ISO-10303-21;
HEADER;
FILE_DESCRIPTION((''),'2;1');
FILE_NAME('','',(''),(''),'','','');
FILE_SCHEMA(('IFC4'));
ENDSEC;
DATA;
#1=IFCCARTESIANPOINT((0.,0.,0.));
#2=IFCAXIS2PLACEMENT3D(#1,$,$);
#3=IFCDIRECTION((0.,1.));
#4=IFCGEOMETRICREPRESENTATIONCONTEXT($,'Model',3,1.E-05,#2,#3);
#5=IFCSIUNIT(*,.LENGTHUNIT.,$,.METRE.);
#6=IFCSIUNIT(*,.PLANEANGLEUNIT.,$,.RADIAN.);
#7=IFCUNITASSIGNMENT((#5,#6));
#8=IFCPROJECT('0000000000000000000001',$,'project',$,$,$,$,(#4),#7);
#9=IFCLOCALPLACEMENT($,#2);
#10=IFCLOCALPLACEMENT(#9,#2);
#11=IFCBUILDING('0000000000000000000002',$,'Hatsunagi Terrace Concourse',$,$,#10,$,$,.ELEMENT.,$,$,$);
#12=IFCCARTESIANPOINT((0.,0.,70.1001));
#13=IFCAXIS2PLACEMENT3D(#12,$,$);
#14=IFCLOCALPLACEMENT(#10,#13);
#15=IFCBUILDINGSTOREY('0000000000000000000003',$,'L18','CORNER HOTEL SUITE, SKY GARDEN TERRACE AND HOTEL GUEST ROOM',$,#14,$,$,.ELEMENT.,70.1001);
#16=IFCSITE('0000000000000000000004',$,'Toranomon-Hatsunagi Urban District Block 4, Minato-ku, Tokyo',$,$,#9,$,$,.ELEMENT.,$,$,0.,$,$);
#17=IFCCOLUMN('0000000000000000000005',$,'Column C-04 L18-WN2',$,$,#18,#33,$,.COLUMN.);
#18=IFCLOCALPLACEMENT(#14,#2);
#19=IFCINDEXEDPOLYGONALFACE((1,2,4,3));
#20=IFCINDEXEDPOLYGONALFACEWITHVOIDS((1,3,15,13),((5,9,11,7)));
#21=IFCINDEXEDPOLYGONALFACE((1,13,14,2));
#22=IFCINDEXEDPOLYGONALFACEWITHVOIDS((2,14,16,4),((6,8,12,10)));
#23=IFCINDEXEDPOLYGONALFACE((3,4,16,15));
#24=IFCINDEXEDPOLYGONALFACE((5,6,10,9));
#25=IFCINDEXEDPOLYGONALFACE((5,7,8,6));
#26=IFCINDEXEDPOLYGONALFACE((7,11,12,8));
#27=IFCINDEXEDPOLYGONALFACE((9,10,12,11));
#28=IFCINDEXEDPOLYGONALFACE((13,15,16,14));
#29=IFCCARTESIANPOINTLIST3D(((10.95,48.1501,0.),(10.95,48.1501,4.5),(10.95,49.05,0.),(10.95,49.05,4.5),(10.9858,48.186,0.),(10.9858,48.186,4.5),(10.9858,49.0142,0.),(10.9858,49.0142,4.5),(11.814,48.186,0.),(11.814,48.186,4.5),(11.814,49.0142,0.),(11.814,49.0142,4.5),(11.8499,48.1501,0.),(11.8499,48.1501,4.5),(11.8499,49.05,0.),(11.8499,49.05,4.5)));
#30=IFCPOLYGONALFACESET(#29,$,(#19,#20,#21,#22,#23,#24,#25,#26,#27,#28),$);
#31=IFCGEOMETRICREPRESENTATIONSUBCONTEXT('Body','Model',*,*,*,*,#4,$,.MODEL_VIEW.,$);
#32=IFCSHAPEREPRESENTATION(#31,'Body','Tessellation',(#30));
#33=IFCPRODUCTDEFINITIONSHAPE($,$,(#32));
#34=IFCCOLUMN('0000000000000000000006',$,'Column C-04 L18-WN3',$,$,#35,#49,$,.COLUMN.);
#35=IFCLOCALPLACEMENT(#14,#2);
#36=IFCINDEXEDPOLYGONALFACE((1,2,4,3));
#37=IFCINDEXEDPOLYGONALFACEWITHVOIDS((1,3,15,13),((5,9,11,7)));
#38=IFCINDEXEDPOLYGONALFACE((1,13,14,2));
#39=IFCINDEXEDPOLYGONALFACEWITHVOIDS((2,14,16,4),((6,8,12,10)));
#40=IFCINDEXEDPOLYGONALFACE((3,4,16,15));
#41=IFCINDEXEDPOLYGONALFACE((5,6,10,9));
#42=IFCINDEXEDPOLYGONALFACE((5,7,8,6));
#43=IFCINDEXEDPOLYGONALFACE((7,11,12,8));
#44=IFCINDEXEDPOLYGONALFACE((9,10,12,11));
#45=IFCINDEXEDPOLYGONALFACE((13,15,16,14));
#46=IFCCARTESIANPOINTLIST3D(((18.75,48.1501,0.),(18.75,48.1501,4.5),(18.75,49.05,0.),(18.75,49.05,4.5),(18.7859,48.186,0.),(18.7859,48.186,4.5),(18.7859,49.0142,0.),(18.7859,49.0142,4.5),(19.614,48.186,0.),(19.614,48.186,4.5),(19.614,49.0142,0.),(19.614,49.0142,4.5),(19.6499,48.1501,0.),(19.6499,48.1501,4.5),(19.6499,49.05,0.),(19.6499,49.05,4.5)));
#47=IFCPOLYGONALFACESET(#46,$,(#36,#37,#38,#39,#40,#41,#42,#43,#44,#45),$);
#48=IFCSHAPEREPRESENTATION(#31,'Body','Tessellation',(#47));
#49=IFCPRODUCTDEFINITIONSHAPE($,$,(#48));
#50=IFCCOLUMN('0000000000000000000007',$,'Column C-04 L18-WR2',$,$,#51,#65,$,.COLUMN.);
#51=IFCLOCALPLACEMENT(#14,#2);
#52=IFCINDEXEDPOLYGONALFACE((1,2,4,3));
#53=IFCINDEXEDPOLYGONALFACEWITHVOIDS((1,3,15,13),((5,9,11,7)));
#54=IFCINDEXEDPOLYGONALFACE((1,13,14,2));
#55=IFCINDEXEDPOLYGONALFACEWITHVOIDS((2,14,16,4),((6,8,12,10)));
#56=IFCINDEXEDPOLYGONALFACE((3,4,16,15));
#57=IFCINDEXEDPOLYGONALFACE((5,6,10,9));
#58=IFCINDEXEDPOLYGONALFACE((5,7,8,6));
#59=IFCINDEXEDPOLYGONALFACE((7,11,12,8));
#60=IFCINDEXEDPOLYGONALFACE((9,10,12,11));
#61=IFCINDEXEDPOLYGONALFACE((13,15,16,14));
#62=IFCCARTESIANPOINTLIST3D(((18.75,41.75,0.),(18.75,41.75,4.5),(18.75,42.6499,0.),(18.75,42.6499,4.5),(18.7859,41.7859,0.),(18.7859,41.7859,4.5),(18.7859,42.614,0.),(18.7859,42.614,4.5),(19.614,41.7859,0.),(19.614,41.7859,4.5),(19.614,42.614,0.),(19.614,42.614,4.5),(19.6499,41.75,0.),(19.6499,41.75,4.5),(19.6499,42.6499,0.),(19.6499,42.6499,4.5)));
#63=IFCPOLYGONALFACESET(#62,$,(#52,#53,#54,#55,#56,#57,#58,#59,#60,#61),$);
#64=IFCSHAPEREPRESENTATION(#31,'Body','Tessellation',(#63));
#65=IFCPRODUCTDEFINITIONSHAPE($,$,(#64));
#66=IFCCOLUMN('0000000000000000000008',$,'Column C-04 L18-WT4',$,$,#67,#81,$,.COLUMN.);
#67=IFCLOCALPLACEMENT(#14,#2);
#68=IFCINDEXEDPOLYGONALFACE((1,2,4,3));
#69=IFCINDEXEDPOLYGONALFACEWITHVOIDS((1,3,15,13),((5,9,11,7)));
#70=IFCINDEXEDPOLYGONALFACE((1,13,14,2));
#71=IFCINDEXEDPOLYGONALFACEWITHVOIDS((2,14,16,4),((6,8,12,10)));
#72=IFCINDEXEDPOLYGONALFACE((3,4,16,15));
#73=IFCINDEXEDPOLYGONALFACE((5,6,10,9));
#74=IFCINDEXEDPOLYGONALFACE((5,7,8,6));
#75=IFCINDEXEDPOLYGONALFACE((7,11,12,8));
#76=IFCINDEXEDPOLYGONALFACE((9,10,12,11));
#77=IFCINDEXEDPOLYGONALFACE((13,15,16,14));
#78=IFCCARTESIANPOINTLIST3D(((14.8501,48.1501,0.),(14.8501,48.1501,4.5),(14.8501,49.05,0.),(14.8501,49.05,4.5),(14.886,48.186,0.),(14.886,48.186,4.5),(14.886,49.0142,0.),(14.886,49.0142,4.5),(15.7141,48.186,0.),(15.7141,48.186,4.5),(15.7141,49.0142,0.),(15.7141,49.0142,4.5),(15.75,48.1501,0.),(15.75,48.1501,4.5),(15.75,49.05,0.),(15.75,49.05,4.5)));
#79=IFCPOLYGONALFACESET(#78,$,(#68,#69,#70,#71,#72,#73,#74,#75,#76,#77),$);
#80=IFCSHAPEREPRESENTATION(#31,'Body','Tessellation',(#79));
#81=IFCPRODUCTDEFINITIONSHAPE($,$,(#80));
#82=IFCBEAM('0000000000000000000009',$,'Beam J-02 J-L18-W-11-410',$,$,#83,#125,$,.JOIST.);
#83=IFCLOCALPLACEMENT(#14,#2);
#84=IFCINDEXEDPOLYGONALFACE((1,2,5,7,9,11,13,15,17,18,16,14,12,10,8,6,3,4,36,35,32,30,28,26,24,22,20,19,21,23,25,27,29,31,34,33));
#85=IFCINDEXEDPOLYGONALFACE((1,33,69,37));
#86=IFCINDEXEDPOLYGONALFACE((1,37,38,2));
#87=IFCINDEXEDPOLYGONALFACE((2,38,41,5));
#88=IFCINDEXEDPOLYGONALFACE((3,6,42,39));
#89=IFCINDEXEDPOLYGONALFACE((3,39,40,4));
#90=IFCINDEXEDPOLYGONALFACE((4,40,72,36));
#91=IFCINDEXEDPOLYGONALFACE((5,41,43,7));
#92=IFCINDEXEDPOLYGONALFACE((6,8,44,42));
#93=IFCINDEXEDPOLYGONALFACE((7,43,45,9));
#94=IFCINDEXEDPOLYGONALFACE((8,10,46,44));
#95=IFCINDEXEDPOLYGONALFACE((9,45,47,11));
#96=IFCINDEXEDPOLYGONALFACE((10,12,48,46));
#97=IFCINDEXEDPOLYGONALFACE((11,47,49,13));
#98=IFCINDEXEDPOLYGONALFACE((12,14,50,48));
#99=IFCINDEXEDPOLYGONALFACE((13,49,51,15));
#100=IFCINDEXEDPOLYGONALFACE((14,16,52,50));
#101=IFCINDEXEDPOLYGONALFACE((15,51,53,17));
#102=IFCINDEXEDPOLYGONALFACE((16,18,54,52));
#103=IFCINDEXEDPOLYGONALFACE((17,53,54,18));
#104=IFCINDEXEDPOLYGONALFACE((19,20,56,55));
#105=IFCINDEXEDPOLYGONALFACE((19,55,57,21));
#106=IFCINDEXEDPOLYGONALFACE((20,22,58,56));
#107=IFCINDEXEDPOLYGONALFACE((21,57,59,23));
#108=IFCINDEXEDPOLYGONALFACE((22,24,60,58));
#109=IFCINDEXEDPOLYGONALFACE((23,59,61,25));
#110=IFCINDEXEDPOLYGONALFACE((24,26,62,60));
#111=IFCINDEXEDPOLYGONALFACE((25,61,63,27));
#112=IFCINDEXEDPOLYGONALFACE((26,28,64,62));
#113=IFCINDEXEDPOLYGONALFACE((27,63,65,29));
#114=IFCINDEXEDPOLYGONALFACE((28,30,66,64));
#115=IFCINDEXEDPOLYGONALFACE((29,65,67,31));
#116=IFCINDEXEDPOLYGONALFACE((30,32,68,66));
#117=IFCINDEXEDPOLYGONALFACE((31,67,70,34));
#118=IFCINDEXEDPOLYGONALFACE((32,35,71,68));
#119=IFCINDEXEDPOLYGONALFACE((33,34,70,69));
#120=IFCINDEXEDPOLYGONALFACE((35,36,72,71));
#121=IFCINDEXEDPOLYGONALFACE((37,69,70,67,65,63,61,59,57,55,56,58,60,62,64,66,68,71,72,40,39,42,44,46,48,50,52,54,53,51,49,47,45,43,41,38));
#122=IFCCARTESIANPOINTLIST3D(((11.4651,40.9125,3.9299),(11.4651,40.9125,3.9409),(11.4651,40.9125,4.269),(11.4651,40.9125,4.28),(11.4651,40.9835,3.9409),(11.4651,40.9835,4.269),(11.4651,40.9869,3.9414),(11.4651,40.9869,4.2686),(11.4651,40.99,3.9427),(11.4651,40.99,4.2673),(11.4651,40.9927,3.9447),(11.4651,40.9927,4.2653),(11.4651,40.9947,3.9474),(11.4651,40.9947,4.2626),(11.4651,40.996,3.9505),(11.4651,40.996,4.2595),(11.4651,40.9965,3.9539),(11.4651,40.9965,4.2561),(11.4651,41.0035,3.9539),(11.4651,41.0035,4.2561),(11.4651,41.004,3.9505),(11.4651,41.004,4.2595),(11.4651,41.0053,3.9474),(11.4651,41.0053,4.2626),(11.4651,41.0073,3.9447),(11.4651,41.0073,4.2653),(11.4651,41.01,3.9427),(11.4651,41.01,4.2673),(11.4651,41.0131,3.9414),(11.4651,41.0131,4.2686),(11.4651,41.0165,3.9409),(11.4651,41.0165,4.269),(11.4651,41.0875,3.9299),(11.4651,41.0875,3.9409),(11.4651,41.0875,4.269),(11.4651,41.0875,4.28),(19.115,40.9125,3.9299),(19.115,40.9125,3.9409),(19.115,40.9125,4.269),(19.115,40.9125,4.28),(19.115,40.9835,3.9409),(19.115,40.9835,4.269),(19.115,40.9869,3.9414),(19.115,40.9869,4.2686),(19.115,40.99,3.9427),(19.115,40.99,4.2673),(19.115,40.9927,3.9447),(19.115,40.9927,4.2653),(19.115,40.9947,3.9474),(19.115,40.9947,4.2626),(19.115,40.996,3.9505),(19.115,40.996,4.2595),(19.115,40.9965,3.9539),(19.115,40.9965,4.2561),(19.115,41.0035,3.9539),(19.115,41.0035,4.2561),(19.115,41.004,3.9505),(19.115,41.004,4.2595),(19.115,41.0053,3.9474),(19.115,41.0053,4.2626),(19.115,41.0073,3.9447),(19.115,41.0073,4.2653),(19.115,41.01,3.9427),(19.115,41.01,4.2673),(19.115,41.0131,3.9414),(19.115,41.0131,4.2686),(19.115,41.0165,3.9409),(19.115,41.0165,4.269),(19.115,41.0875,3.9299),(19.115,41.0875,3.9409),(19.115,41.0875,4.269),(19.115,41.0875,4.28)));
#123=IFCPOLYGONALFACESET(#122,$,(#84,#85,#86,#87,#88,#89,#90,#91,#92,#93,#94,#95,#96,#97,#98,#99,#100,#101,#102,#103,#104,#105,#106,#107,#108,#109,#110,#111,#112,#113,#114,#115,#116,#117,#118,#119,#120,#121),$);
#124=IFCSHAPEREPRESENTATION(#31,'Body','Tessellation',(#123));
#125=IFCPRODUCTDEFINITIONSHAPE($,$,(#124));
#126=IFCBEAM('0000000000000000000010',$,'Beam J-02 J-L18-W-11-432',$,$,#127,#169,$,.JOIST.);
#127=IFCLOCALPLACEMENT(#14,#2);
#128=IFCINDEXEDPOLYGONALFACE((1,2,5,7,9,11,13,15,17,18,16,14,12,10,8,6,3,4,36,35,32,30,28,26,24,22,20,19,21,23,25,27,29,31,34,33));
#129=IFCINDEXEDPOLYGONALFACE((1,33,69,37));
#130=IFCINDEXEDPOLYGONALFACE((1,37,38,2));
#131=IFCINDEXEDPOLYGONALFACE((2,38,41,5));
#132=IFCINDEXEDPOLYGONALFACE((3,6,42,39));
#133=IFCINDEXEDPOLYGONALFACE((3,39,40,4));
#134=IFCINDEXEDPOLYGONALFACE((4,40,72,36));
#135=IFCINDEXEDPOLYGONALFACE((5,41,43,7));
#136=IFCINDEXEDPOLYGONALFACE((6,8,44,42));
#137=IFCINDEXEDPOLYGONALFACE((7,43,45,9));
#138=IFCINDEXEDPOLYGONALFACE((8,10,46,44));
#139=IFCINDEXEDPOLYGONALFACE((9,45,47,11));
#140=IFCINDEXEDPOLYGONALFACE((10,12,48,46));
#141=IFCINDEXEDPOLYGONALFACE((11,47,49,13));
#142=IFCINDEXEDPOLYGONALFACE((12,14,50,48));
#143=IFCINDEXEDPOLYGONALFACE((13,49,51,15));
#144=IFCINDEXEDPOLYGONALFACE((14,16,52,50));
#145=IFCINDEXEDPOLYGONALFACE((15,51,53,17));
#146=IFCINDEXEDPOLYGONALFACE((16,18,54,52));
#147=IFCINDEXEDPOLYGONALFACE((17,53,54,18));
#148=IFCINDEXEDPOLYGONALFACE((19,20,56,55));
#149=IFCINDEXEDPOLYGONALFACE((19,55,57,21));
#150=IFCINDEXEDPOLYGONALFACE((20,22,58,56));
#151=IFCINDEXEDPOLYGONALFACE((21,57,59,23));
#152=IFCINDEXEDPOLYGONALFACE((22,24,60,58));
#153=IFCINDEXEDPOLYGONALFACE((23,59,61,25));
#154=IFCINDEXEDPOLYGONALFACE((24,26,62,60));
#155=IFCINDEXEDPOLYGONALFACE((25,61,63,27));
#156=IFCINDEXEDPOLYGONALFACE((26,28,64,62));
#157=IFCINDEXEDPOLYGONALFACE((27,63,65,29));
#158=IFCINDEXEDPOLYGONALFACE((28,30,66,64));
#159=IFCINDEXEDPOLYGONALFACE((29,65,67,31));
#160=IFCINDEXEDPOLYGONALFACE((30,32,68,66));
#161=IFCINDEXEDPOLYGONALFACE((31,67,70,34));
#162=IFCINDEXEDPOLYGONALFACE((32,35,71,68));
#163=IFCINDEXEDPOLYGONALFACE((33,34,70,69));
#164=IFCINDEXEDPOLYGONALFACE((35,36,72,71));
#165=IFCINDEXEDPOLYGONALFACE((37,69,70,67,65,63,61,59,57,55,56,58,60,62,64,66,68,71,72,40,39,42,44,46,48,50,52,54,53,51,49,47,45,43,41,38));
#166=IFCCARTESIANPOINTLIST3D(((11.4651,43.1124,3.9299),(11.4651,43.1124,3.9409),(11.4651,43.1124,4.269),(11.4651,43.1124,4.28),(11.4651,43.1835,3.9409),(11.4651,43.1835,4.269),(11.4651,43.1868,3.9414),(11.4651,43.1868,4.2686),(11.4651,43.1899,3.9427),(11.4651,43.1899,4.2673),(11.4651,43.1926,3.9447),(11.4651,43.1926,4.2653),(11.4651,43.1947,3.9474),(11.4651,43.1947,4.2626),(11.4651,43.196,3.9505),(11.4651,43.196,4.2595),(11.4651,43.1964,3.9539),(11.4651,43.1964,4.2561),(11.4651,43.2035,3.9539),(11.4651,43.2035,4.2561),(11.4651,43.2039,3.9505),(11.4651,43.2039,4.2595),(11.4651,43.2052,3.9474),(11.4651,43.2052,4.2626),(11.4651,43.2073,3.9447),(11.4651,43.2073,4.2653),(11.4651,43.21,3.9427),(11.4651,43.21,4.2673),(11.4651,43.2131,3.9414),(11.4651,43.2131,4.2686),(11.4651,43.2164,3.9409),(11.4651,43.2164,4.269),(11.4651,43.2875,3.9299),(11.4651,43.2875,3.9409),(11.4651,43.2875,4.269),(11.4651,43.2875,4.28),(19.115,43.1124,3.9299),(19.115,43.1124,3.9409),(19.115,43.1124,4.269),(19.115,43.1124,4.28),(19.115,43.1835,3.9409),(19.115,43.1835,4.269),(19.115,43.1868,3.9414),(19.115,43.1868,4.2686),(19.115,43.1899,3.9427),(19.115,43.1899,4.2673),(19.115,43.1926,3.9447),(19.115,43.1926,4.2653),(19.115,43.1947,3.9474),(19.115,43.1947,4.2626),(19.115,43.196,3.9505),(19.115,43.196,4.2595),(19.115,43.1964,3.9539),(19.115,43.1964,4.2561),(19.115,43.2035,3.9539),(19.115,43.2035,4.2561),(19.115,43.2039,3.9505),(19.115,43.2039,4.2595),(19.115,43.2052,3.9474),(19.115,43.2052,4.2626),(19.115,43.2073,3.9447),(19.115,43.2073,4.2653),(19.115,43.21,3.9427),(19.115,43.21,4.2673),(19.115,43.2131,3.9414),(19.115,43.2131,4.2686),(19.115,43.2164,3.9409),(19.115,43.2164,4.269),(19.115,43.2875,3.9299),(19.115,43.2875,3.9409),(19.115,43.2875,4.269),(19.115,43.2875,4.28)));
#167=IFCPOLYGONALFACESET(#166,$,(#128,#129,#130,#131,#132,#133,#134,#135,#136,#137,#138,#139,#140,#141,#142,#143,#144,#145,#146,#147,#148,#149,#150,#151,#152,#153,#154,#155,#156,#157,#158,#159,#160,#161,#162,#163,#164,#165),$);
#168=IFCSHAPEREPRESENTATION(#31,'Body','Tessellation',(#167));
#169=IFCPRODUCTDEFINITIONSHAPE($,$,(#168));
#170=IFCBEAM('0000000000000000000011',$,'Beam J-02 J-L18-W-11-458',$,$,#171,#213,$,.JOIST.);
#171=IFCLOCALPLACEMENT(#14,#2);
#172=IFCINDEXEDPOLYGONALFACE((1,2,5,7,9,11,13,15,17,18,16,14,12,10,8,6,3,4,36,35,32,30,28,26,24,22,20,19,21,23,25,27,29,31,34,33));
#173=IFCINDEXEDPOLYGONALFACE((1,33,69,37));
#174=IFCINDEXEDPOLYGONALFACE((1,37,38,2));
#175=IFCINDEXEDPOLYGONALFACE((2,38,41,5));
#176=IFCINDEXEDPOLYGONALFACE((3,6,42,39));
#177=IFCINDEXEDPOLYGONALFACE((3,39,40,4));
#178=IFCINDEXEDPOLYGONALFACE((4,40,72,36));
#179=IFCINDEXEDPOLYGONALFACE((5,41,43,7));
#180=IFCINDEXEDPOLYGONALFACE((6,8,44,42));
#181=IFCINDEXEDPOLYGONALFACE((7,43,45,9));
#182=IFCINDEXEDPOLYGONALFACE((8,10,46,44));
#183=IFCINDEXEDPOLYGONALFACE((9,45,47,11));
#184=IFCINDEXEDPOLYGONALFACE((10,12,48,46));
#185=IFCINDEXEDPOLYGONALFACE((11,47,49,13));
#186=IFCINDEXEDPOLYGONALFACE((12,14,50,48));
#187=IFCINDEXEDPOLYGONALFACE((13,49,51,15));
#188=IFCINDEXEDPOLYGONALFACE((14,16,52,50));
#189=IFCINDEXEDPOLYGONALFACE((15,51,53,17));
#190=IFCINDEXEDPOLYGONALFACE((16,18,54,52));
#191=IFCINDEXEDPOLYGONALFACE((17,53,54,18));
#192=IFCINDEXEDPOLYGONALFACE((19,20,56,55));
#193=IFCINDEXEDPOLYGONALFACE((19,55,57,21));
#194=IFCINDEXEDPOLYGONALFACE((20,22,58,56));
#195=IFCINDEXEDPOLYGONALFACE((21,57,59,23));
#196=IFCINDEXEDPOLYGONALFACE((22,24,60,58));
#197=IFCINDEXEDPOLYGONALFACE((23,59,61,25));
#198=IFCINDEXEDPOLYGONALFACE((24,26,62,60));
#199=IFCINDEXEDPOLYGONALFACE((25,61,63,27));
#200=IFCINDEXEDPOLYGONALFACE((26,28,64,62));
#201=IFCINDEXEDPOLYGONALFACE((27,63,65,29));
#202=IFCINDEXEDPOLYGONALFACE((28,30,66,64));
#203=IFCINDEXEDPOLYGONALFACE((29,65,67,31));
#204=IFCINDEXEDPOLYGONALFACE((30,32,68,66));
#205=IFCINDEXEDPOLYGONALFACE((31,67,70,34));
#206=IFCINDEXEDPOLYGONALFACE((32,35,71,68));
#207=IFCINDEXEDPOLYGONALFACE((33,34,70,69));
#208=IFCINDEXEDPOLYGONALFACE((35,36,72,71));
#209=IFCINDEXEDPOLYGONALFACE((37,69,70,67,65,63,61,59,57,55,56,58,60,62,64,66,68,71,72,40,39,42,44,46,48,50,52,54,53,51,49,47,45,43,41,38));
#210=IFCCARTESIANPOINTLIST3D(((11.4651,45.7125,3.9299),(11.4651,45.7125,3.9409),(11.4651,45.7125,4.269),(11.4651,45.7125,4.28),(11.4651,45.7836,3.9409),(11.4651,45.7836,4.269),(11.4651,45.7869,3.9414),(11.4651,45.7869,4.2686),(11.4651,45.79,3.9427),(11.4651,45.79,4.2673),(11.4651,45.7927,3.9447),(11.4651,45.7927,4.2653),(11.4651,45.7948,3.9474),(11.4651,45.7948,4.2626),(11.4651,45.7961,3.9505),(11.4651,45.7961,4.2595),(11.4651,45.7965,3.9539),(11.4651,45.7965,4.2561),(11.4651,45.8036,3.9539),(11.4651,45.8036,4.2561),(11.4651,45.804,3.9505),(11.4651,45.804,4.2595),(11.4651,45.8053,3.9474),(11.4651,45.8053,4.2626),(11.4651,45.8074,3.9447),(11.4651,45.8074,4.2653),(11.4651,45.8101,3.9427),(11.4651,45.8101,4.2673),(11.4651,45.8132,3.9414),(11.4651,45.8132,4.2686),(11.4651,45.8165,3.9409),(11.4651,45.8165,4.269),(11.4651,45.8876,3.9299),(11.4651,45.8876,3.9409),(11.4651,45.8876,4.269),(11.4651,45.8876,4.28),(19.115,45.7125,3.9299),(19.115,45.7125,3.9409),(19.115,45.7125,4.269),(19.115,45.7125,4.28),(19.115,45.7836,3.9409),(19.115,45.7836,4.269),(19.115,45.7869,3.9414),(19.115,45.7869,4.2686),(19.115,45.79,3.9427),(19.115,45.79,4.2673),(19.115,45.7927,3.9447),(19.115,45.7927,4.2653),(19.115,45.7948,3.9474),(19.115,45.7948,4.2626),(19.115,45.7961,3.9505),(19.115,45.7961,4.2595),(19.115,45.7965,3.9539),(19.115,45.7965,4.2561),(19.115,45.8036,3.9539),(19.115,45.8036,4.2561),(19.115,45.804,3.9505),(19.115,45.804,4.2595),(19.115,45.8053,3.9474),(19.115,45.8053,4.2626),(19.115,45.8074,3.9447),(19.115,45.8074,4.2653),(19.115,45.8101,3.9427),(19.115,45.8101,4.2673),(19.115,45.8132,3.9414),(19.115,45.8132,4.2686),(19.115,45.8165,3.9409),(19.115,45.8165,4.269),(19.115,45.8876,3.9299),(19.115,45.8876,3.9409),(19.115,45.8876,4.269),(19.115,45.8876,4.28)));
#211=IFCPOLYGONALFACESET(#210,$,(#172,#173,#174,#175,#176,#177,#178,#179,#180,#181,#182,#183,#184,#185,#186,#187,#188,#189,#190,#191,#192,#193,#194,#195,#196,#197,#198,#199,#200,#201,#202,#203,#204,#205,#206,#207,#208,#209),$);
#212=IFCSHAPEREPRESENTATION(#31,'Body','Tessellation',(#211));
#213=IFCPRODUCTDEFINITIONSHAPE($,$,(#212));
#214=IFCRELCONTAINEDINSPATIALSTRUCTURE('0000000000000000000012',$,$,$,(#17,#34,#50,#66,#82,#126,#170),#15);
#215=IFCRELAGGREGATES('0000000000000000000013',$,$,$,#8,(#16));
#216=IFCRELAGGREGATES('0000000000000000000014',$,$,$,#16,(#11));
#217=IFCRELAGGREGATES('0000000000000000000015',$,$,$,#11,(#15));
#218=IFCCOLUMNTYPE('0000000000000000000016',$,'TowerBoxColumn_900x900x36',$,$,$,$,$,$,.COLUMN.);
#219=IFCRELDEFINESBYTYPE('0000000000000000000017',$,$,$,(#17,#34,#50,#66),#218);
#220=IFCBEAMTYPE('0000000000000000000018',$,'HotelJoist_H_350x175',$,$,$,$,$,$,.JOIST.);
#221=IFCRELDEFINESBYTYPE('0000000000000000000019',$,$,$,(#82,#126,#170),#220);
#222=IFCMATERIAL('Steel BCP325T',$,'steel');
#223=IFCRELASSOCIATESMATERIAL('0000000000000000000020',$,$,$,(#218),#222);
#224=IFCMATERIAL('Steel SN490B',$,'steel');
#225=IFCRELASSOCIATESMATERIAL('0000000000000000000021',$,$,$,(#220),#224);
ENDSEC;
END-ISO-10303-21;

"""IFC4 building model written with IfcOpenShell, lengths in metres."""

from ifc_helpers import new_model, si_unit, direction, frame, origin, origin_2d, place, context, subcontext, project, spatial, hollow_rectangle, i_section, extrude, material, material_profile, profile_set, type_object, element, save


model = new_model("IFC4")

# Units and contexts
model_context = context("Model", 3, precision=1e-05, world=origin(), true_north=direction((0.0, 1.0)))
body_context = subcontext(model_context, "Body", "Model", "MODEL_VIEW")
ifc_project = project(units=[si_unit("LENGTHUNIT", "METRE"), si_unit("PLANEANGLEUNIT", "RADIAN")], contexts=[model_context])

# Site, building, storey
site_placement = place(None, origin())
site = spatial("IfcSite", under=ifc_project, at=site_placement, Name="Toranomon-Hatsunagi Urban District Block 4, Minato-ku, Tokyo", CompositionType="ELEMENT", RefElevation=0.0)
building_placement = place(site_placement, origin())
building = spatial("IfcBuilding", under=site, at=building_placement, Name="Hatsunagi Terrace Concourse", CompositionType="ELEMENT")
storey_placement = place(building_placement, frame((0.0, 0.0, 70.1001)))
storey = spatial("IfcBuildingStorey", under=building, at=storey_placement, Name="L18", Description="CORNER HOTEL SUITE, SKY GARDEN TERRACE AND HOTEL GUEST ROOM", CompositionType="ELEMENT", Elevation=70.1001)

# Columns
ifc_material_1 = material(Name="Steel BCP325T", Category="steel")
ifc_material_profile_1 = material_profile(ifc_material_1, hollow_rectangle(XDim=0.8999, YDim=0.8999, WallThickness=0.0359, at=origin_2d()), Name="BCP-900x900x36")
ifc_profile_set_1 = profile_set([ifc_material_profile_1], Name="Steel BCP325T")
column_type = type_object("IfcColumnType", Name="TowerBoxColumn_900x900x36", PredefinedType="COLUMN", material=ifc_profile_set_1)
for number, where, z_axis, x_axis, name in (
    (1, (11.3999, 48.6001, 0.0), (0.0, 0.0, 1.0), (1.0, 0.0, 0.0), "Column C-04 L18-WN2"),
    (2, (19.2, 48.6001, 0.0), (0.0, 0.0, 1.0), (1.0, 0.0, 0.0), "Column C-04 L18-WN3"),
    (3, (19.2, 42.2, 0.0), (0.0, 0.0, 1.0), (1.0, 0.0, 0.0), "Column C-04 L18-WR2"),
    (4, (15.3, 48.6001, 0.0), (0.0, 0.0, 1.0), (1.0, 0.0, 0.0), "Column C-04 L18-WT4"),
):
    element("IfcColumn", number, at=place(storey_placement, frame(where, z_axis=z_axis, x_axis=x_axis)), inside=storey, type_object=column_type, Name=name, PredefinedType="COLUMN", context=body_context, shape_type="SweptSolid", body=[
        extrude(hollow_rectangle(XDim=0.8999, YDim=0.8999, WallThickness=0.0359, at=origin_2d()), origin(), (0.0, 0.0, 1.0), 4.5),
    ])

# Beams
ifc_material_2 = material(Name="Steel SN490B", Category="steel")
ifc_material_profile_2 = material_profile(ifc_material_2, i_section(OverallWidth=0.175, OverallDepth=0.3501, WebThickness=0.0071, FlangeThickness=0.011, FilletRadius=0.0129, at=origin_2d()), Name="H-350x175x7x11")
ifc_profile_set_2 = profile_set([ifc_material_profile_2], Name="Steel SN490B")
beam_type_1 = type_object("IfcBeamType", Name="HotelJoist_H_350x175", PredefinedType="JOIST", material=ifc_profile_set_2)
for number, where, z_axis, x_axis, name in (
    (5, (11.4651, 41.0, 4.105), (1.0, 0.0, 0.0), (0.0, 1.0, 0.0), "Beam J-02 J-L18-W-11-410"),
    (6, (11.4651, 43.2, 4.105), (1.0, 0.0, 0.0), (0.0, 1.0, 0.0), "Beam J-02 J-L18-W-11-432"),
    (7, (11.4651, 45.8, 4.105), (1.0, 0.0, 0.0), (0.0, 1.0, 0.0), "Beam J-02 J-L18-W-11-458"),
):
    element("IfcBeam", number, at=place(storey_placement, frame(where, z_axis=z_axis, x_axis=x_axis)), inside=storey, type_object=beam_type_1, Name=name, PredefinedType="JOIST", context=body_context, shape_type="SweptSolid", body=[
        extrude(i_section(OverallWidth=0.175, OverallDepth=0.3501, WebThickness=0.0071, FlangeThickness=0.011, FilletRadius=0.0129, at=origin_2d()), origin(), (0.0, 0.0, 1.0), 7.6499),
    ])

save(model, "model.ifc")
